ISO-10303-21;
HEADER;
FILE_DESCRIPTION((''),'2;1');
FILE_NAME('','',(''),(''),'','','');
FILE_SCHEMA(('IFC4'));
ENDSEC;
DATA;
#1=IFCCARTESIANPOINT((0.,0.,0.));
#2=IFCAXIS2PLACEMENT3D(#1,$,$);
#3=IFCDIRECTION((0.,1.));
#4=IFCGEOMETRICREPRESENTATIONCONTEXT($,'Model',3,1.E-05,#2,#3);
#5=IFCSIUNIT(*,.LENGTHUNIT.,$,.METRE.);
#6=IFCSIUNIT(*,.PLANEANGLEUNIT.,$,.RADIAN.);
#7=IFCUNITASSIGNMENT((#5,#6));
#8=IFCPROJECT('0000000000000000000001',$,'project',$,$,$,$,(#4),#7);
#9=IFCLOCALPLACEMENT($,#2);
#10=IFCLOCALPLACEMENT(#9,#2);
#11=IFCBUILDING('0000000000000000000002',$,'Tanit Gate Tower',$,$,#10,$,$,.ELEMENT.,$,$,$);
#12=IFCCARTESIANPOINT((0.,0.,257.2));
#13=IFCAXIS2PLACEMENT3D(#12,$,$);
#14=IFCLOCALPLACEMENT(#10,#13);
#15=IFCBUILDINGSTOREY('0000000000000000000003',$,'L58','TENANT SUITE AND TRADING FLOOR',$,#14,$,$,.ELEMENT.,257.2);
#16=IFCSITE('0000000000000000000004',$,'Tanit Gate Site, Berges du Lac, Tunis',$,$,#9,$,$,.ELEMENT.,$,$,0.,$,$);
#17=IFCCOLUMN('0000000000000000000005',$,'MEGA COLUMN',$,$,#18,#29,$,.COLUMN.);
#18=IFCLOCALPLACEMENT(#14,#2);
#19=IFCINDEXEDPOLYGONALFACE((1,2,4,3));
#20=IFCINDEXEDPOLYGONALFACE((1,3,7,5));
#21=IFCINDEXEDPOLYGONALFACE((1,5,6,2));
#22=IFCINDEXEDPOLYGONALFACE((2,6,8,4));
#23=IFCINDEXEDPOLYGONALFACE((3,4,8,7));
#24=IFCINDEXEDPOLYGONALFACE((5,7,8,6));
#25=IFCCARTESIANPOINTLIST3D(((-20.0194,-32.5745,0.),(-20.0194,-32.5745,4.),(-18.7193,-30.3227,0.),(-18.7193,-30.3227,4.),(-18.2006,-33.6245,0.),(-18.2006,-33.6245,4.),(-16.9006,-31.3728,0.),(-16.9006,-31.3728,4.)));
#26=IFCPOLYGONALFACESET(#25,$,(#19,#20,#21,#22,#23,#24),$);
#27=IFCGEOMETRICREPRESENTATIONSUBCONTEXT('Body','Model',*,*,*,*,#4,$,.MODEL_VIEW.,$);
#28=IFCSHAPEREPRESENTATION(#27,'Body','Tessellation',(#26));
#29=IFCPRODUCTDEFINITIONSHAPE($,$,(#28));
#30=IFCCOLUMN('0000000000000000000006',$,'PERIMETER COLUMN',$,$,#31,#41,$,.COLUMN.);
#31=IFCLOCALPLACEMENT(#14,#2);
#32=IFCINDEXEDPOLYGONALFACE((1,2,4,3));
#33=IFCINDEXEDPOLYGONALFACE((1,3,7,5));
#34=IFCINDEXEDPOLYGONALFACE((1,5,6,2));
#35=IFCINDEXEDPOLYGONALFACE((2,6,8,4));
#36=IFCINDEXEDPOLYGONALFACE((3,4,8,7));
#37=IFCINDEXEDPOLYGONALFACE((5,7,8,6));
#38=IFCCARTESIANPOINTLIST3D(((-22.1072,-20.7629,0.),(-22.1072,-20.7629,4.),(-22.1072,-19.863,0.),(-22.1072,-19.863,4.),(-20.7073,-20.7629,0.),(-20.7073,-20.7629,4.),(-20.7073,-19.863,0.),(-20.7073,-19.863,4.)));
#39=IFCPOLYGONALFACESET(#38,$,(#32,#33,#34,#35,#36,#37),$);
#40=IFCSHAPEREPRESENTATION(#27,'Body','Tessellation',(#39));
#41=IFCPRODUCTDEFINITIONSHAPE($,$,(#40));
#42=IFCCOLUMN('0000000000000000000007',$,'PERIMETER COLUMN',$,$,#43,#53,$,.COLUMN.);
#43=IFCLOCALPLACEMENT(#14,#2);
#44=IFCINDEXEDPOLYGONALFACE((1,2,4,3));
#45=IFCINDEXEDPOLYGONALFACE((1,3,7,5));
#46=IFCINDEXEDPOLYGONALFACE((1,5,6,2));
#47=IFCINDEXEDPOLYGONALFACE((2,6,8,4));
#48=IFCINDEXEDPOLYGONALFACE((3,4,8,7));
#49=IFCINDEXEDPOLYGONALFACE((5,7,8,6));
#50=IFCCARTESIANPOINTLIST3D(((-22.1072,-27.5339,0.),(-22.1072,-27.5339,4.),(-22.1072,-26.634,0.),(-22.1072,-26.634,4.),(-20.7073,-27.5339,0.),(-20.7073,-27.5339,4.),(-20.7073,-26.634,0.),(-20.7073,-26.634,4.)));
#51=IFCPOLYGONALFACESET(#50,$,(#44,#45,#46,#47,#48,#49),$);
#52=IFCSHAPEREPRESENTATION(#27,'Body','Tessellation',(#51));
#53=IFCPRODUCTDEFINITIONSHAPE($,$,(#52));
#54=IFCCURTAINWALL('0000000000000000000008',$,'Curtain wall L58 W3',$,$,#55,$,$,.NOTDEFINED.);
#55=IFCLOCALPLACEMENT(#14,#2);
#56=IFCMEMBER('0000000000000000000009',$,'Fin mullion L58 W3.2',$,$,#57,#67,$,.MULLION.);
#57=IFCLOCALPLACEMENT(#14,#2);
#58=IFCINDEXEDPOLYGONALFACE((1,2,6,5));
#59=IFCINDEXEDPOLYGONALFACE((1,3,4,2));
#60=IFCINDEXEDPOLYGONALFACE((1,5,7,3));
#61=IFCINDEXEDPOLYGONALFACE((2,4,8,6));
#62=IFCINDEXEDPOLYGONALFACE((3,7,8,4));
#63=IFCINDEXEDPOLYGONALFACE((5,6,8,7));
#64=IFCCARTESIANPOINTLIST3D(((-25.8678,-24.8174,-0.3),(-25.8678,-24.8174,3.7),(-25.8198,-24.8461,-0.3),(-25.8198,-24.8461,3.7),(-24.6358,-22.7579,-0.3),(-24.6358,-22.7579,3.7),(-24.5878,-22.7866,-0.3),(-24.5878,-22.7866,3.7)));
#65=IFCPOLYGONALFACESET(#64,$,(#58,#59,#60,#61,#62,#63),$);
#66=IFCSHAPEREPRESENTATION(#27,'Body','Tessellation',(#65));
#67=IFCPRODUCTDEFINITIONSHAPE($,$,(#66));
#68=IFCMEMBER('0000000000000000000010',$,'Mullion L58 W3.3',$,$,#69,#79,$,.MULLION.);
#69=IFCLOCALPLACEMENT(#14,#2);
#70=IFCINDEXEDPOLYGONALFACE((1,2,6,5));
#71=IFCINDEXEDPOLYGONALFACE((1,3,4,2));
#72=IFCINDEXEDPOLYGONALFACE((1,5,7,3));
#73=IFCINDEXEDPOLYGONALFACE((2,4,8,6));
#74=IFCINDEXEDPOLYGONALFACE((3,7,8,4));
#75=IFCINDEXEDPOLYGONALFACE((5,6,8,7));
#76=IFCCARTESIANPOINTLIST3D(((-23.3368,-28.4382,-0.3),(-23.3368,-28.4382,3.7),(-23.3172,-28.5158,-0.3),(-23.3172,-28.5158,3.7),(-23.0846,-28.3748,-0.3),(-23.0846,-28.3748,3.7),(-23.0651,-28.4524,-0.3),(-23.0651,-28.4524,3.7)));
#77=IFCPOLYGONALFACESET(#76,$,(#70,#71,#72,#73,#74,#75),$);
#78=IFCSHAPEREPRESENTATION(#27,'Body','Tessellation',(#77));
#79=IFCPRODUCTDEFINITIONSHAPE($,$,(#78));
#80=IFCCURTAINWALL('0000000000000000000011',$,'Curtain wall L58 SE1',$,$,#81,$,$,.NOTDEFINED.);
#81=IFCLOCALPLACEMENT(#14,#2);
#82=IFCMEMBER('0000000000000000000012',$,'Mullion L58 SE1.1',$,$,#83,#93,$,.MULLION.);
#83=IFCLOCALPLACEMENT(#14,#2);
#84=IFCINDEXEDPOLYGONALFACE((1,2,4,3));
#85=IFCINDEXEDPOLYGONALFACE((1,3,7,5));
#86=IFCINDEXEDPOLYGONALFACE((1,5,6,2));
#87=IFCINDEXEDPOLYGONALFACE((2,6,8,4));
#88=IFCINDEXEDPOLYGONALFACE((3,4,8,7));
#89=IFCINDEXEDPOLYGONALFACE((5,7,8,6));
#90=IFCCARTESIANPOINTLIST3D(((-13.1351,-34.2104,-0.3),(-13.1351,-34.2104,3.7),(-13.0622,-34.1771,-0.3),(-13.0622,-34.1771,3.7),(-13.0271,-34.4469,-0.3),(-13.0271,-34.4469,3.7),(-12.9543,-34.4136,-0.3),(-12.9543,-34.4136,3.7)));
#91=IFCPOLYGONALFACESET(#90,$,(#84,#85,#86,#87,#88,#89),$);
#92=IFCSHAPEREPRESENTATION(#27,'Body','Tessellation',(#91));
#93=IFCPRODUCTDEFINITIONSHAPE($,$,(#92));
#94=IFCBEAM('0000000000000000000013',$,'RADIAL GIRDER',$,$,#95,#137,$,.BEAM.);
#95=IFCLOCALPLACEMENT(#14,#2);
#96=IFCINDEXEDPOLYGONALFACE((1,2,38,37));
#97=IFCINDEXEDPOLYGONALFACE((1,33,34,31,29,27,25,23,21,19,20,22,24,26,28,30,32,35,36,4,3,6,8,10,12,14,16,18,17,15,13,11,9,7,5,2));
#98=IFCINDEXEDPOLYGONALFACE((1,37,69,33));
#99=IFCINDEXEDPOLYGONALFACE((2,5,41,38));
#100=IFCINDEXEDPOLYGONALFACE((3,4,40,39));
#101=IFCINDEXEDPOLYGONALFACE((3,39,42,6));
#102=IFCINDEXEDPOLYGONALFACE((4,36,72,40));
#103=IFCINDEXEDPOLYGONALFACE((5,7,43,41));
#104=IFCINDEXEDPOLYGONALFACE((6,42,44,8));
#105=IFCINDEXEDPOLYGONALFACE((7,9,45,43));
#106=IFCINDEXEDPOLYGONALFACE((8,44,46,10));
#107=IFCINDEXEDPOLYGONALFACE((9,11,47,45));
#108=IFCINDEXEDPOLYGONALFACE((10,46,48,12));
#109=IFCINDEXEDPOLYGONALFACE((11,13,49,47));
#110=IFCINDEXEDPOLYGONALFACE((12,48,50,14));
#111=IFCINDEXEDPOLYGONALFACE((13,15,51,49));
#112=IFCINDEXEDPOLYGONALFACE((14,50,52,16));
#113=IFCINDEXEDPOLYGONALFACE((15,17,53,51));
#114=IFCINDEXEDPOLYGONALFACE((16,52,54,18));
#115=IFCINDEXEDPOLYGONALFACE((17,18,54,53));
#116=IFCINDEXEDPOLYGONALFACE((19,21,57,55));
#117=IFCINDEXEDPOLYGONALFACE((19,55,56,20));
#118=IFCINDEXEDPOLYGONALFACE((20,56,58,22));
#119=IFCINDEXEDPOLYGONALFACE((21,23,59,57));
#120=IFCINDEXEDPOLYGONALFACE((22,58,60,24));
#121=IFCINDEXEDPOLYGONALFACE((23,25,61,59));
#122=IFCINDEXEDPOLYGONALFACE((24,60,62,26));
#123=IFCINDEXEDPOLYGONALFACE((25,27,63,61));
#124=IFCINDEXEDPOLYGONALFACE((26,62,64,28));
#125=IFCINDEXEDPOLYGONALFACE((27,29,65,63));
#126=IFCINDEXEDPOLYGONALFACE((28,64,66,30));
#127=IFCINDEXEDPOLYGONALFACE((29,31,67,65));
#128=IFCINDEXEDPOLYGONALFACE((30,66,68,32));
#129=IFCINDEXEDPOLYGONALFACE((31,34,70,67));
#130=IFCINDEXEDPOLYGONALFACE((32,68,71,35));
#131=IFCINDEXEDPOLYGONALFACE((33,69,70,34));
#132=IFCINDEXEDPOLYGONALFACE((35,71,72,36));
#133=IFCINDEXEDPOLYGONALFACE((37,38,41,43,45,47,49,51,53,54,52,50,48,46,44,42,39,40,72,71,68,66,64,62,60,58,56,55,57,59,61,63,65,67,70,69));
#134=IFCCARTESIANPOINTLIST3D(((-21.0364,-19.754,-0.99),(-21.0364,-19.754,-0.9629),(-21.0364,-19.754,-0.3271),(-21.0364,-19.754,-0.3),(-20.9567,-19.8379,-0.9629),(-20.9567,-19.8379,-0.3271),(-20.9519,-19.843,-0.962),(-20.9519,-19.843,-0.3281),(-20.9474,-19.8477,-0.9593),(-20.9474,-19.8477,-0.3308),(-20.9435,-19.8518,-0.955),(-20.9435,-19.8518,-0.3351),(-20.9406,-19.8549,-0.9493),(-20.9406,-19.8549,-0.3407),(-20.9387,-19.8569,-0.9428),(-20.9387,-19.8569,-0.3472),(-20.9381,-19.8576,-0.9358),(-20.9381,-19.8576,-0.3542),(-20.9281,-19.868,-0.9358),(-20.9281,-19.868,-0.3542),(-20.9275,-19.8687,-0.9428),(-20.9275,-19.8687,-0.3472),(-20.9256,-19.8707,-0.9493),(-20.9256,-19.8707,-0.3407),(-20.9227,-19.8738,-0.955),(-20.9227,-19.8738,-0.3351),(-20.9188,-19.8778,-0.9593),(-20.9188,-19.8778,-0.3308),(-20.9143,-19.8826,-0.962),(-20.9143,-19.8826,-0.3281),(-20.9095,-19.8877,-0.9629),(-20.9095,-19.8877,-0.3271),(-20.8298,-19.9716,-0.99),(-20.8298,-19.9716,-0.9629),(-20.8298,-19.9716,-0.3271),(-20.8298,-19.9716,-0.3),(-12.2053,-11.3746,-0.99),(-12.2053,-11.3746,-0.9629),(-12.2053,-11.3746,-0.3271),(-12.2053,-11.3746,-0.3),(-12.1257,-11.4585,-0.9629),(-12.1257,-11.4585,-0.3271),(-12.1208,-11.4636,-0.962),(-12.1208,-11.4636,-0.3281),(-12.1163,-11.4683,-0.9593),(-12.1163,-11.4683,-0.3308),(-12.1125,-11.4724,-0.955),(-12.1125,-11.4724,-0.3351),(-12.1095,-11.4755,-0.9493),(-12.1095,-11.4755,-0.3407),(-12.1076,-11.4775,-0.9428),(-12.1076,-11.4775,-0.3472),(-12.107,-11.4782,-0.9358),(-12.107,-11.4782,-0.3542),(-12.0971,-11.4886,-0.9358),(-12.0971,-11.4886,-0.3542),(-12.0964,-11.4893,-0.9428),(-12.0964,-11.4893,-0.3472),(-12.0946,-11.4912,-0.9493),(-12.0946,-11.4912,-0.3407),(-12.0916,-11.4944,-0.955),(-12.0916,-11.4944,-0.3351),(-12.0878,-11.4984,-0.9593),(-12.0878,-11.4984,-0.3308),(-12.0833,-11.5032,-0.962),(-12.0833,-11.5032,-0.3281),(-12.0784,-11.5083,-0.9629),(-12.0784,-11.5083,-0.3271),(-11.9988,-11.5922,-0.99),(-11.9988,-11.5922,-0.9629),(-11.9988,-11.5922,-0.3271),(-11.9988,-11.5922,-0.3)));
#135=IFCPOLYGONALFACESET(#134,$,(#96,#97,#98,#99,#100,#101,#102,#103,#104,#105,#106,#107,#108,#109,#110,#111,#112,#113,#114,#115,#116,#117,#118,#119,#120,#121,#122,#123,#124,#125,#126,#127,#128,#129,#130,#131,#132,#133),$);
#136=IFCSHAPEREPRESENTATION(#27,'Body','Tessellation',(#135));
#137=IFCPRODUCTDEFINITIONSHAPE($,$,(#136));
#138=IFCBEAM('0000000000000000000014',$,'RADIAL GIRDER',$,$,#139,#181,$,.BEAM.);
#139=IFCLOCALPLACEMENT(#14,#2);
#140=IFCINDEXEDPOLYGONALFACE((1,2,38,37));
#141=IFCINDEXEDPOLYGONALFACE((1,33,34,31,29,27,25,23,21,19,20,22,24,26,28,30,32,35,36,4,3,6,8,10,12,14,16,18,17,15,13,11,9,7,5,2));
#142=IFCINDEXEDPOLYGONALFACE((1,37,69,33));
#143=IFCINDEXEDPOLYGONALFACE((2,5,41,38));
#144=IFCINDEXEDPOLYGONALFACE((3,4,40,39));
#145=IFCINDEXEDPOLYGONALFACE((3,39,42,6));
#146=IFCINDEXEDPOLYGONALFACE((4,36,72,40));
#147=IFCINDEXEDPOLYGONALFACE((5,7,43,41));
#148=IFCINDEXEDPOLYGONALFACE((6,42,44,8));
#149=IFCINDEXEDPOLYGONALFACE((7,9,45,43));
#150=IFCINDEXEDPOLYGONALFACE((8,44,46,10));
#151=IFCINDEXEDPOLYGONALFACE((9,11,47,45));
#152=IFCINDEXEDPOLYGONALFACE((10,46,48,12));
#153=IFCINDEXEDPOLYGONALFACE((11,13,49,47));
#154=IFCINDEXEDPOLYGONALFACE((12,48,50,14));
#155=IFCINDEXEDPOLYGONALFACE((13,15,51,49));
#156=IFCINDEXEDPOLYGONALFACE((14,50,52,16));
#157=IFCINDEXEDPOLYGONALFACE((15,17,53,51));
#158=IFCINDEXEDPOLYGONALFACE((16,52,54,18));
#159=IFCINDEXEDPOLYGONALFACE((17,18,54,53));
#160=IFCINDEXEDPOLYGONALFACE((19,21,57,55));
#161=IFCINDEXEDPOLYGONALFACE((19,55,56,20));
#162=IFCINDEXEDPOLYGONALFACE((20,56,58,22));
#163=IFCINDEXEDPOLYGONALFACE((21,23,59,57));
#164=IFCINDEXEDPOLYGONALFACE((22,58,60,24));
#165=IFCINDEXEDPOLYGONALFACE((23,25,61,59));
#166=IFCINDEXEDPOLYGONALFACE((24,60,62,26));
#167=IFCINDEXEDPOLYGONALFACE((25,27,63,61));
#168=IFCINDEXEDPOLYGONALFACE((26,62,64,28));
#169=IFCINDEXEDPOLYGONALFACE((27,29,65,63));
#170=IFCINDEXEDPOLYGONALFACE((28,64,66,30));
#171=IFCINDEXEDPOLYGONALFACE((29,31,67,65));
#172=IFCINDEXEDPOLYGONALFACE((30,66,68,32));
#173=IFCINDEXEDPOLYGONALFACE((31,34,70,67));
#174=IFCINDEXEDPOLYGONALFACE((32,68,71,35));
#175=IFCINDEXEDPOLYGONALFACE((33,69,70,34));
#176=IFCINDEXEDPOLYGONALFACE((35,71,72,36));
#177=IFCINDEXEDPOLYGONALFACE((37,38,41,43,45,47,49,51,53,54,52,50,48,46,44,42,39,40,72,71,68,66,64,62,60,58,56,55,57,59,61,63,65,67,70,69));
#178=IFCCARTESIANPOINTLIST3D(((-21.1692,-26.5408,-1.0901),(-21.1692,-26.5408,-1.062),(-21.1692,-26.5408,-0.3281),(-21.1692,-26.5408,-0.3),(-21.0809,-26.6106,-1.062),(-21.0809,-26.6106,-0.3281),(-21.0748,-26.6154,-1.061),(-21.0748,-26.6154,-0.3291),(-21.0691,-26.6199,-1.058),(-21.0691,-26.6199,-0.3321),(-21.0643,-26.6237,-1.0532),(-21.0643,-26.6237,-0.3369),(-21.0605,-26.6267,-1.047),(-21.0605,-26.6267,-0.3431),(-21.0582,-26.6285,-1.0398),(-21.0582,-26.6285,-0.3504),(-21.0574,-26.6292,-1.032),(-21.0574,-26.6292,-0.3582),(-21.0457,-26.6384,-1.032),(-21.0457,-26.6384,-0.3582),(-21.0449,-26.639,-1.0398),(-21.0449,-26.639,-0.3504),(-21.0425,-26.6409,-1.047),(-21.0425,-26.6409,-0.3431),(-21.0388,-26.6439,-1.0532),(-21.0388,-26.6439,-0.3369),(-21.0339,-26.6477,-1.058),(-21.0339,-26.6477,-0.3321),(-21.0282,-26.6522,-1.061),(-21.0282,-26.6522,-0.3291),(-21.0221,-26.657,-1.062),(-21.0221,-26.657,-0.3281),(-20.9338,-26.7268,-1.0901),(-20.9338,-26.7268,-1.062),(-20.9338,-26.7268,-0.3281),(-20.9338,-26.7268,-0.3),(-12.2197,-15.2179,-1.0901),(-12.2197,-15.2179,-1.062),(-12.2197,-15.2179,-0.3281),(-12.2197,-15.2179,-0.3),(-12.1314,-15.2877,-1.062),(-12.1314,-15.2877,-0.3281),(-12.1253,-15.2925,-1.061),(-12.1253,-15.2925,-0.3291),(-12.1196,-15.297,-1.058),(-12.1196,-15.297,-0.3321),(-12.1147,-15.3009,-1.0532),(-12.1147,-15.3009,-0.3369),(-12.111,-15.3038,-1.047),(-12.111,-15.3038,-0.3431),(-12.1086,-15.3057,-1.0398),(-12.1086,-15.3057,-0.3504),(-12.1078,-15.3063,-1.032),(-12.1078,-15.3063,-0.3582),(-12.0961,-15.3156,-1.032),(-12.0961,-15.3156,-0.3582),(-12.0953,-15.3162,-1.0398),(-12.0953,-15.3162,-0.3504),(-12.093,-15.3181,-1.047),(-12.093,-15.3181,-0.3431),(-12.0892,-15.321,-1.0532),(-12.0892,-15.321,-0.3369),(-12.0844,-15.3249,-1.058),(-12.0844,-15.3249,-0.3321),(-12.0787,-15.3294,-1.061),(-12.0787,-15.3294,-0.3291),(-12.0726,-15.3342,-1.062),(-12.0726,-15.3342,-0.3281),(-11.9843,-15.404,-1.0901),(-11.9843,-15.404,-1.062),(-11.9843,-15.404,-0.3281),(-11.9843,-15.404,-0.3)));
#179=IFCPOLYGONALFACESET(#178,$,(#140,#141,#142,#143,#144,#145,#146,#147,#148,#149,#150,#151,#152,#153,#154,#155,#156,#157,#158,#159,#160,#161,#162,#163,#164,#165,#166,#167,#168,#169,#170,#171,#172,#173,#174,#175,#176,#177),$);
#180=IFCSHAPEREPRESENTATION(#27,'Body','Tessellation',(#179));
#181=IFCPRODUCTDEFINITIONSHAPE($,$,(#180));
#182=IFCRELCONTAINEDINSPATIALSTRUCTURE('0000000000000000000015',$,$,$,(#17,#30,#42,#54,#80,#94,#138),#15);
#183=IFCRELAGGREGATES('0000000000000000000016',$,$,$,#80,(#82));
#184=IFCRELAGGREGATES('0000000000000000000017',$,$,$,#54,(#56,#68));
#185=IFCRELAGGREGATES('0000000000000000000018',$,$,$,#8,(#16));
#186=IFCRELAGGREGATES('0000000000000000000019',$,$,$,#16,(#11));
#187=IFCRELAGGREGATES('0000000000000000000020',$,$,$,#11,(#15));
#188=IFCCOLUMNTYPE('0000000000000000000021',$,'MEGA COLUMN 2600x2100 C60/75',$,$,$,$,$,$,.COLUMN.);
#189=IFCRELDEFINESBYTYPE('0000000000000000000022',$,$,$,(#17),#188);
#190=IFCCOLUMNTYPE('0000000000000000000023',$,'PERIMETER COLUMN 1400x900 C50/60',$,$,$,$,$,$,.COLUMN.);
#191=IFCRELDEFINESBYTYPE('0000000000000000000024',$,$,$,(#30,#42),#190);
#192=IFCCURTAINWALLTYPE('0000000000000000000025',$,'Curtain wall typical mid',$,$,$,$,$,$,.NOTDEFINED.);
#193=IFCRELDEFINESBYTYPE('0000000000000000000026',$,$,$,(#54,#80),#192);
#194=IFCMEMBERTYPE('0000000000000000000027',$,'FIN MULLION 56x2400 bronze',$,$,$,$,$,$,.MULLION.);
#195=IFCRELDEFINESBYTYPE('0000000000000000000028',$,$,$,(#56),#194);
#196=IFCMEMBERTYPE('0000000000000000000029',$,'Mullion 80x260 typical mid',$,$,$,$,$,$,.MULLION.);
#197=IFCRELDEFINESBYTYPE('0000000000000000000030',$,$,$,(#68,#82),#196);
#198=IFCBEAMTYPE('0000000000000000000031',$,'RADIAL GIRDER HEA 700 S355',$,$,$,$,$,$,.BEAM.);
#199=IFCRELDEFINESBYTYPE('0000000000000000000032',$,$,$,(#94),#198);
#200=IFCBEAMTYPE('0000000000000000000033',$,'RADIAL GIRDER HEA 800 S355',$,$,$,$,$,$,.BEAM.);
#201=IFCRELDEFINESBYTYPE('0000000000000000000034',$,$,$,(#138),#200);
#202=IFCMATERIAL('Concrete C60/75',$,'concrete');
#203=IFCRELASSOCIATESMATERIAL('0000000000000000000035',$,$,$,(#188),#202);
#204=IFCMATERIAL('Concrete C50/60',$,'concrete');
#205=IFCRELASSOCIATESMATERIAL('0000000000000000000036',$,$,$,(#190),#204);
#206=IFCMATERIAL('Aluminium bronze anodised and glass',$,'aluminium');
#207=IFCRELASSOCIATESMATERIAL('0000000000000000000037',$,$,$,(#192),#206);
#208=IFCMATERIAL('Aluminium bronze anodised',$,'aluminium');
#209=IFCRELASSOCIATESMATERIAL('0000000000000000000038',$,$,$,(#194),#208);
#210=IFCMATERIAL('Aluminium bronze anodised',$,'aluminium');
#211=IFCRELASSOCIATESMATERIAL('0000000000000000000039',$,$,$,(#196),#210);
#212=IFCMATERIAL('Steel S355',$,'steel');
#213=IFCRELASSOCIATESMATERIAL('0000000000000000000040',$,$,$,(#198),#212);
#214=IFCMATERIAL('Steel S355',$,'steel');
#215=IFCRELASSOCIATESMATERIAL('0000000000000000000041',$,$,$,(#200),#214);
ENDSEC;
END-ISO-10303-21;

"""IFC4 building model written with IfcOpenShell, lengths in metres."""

from ifc_helpers import new_model, si_unit, direction, frame, origin, origin_2d, place, context, subcontext, project, spatial, rectangle, i_section, extrude, material, material_profile, profile_set, type_object, element, aggregate, save


model = new_model("IFC4")

# Units and contexts
model_context = context("Model", 3, precision=1e-05, world=origin(), true_north=direction((0.0, 1.0)))
body_context = subcontext(model_context, "Body", "Model", "MODEL_VIEW")
ifc_project = project(units=[si_unit("LENGTHUNIT", "METRE"), si_unit("PLANEANGLEUNIT", "RADIAN")], contexts=[model_context])

# Site, building, storey
site_placement = place(None, origin())
site = spatial("IfcSite", under=ifc_project, at=site_placement, Name="Tanit Gate Site, Berges du Lac, Tunis", CompositionType="ELEMENT", RefElevation=0.0)
building_placement = place(site_placement, origin())
building = spatial("IfcBuilding", under=site, at=building_placement, Name="Tanit Gate Tower", CompositionType="ELEMENT")
storey_placement = place(building_placement, frame((0.0, 0.0, 257.2)))
storey = spatial("IfcBuildingStorey", under=building, at=storey_placement, Name="L58", Description="TENANT SUITE AND TRADING FLOOR", CompositionType="ELEMENT", Elevation=257.2)

# Columns
ifc_material_1 = material(Name="Concrete C60/75", Category="concrete")
ifc_material_profile_1 = material_profile(ifc_material_1, rectangle(XDim=2.6001, YDim=2.1001, at=origin_2d()), Name="RC 2600x2100")
ifc_profile_set_1 = profile_set([ifc_material_profile_1], Name="Concrete C60/75")
column_type_1 = type_object("IfcColumnType", Name="MEGA COLUMN 2600x2100 C60/75", PredefinedType="COLUMN", material=ifc_profile_set_1)
column_placement = place(storey_placement, frame((-18.46, -31.9736, 0.0), z_axis=(0.0, 0.0, 1.0), x_axis=(-0.5, -0.866025, 0.0)))
element("IfcColumn", 1, at=column_placement, inside=storey, type_object=column_type_1, Name="MEGA COLUMN", PredefinedType="COLUMN", context=body_context, shape_type="SweptSolid", body=[
    extrude(rectangle(XDim=2.6001, YDim=2.1001, at=origin_2d()), origin(), (0.0, 0.0, 1.0), 4.0),
])
ifc_material_2 = material(Name="Concrete C50/60", Category="concrete")
ifc_material_profile_2 = material_profile(ifc_material_2, rectangle(XDim=1.3999, YDim=0.8999, at=origin_2d()), Name="RC 1400x900")
ifc_profile_set_2 = profile_set([ifc_material_profile_2], Name="Concrete C50/60")
column_type_2 = type_object("IfcColumnType", Name="PERIMETER COLUMN 1400x900 C50/60", PredefinedType="COLUMN", material=ifc_profile_set_2)
for number, where, z_axis, x_axis, name in (
    (2, (-21.4072, -20.313, 0.0), (0.0, 0.0, 1.0), (-1.0, 0.0, 0.0), "PERIMETER COLUMN"),
    (3, (-21.4072, -27.084, 0.0), (0.0, 0.0, 1.0), (-1.0, 0.0, 0.0), "PERIMETER COLUMN"),
):
    element("IfcColumn", number, at=place(storey_placement, frame(where, z_axis=z_axis, x_axis=x_axis)), inside=storey, type_object=column_type_2, Name=name, PredefinedType="COLUMN", context=body_context, shape_type="SweptSolid", body=[
        extrude(rectangle(XDim=1.3999, YDim=0.8999, at=origin_2d()), origin(), (0.0, 0.0, 1.0), 4.0),
    ])

# Curtain wall, members
ifc_material_3 = material(Name="Aluminium bronze anodised and glass", Category="aluminium")
curtain_wall_type = type_object("IfcCurtainWallType", Name="Curtain wall typical mid", PredefinedType="NOTDEFINED", material=ifc_material_3)
curtain_wall_1_placement = place(storey_placement, origin())
curtain_wall_1 = element("IfcCurtainWall", 4, at=curtain_wall_1_placement, inside=storey, type_object=curtain_wall_type, Name="Curtain wall L58 W3", PredefinedType="NOTDEFINED")
ifc_material_4 = material(Name="Aluminium bronze anodised", Category="aluminium")
ifc_material_profile_3 = material_profile(ifc_material_4, rectangle(XDim=2.3999, YDim=0.0559, at=origin_2d()), Name="56x2400 bronze fin mullion")
ifc_profile_set_3 = profile_set([ifc_material_profile_3], Name="Aluminium bronze anodised")
member_type_1 = type_object("IfcMemberType", Name="FIN MULLION 56x2400 bronze", PredefinedType="MULLION", material=ifc_profile_set_3)
member_1_placement = place(storey_placement, frame((-25.2278, -23.802, -0.3), z_axis=(0.0, 0.0, 1.0), x_axis=(0.513349, 0.85818, 0.0)))
member_1 = element("IfcMember", 5, at=member_1_placement, type_object=member_type_1, Name="Fin mullion L58 W3.2", PredefinedType="MULLION", context=body_context, shape_type="SweptSolid", body=[
    extrude(rectangle(XDim=2.3999, YDim=0.0559, at=origin_2d()), origin(), (0.0, 0.0, 1.0), 4.0),
])
ifc_material_5 = material(Name="Aluminium bronze anodised", Category="aluminium")
ifc_material_profile_4 = material_profile(ifc_material_5, rectangle(XDim=0.26, YDim=0.0801, at=origin_2d()), Name="80x260 bronze mullion")
ifc_profile_set_4 = profile_set([ifc_material_profile_4], Name="Aluminium bronze anodised")
member_type_2 = type_object("IfcMemberType", Name="Mullion 80x260 typical mid", PredefinedType="MULLION", material=ifc_profile_set_4)
member_2_placement = place(storey_placement, frame((-23.2009, -28.4453, -0.3), z_axis=(0.0, 0.0, 1.0), x_axis=(0.969818, 0.243832, 0.0)))
member_2 = element("IfcMember", 6, at=member_2_placement, type_object=member_type_2, Name="Mullion L58 W3.3", PredefinedType="MULLION", context=body_context, shape_type="SweptSolid", body=[
    extrude(rectangle(XDim=0.26, YDim=0.0801, at=origin_2d()), origin(), (0.0, 0.0, 1.0), 4.0),
])

# Curtain wall, member
curtain_wall_2_placement = place(storey_placement, origin())
curtain_wall_2 = element("IfcCurtainWall", 7, at=curtain_wall_2_placement, inside=storey, type_object=curtain_wall_type, Name="Curtain wall L58 SE1", PredefinedType="NOTDEFINED")
member_3_placement = place(storey_placement, frame((-13.0447, -34.312, -0.3), z_axis=(0.0, 0.0, 1.0), x_axis=(-0.4153, 0.909685, 0.0)))
member_3 = element("IfcMember", 8, at=member_3_placement, type_object=member_type_2, Name="Mullion L58 SE1.1", PredefinedType="MULLION", context=body_context, shape_type="SweptSolid", body=[
    extrude(rectangle(XDim=0.26, YDim=0.0801, at=origin_2d()), origin(), (0.0, 0.0, 1.0), 4.0),
])

# Beams
ifc_material_6 = material(Name="Steel S355", Category="steel")
ifc_material_profile_5 = material_profile(ifc_material_6, i_section(OverallWidth=0.3, OverallDepth=0.6899, WebThickness=0.0144, FlangeThickness=0.0271, FilletRadius=0.0271, at=origin_2d()), Name="HEA 700")
ifc_profile_set_5 = profile_set([ifc_material_profile_5], Name="Steel S355")
beam_type_1 = type_object("IfcBeamType", Name="RADIAL GIRDER HEA 700 S355", PredefinedType="BEAM", material=ifc_profile_set_5)
beam_1_placement = place(storey_placement, frame((-20.9331, -19.8628, -0.645), z_axis=(0.725414, 0.688313, 0.0), x_axis=(-0.688313, 0.725414, 0.0)))
element("IfcBeam", 9, at=beam_1_placement, inside=storey, type_object=beam_type_1, Name="RADIAL GIRDER", PredefinedType="BEAM", context=body_context, shape_type="SweptSolid", body=[
    extrude(i_section(OverallWidth=0.3, OverallDepth=0.6899, WebThickness=0.0144, FlangeThickness=0.0271, FilletRadius=0.0271, at=origin_2d()), origin(), (0.0, 0.0, 1.0), 12.1738),
])
ifc_material_7 = material(Name="Steel S355", Category="steel")
ifc_material_profile_6 = material_profile(ifc_material_7, i_section(OverallWidth=0.3, OverallDepth=0.79, WebThickness=0.0149, FlangeThickness=0.0281, FilletRadius=0.03, at=origin_2d()), Name="HEA 800")
ifc_profile_set_6 = profile_set([ifc_material_profile_6], Name="Steel S355")
beam_type_2 = type_object("IfcBeamType", Name="RADIAL GIRDER HEA 800 S355", PredefinedType="BEAM", material=ifc_profile_set_6)
beam_2_placement = place(storey_placement, frame((-21.0515, -26.6338, -0.6951), z_axis=(0.62009, 0.784531, 0.0), x_axis=(-0.784531, 0.62009, 0.0)))
element("IfcBeam", 10, at=beam_2_placement, inside=storey, type_object=beam_type_2, Name="RADIAL GIRDER", PredefinedType="BEAM", context=body_context, shape_type="SweptSolid", body=[
    extrude(i_section(OverallWidth=0.3, OverallDepth=0.79, WebThickness=0.0149, FlangeThickness=0.0281, FilletRadius=0.03, at=origin_2d()), origin(), (0.0, 0.0, 1.0), 14.4326),
])

aggregate(curtain_wall_2, [member_3])

aggregate(curtain_wall_1, [member_1, member_2])

save(model, "model.ifc")
